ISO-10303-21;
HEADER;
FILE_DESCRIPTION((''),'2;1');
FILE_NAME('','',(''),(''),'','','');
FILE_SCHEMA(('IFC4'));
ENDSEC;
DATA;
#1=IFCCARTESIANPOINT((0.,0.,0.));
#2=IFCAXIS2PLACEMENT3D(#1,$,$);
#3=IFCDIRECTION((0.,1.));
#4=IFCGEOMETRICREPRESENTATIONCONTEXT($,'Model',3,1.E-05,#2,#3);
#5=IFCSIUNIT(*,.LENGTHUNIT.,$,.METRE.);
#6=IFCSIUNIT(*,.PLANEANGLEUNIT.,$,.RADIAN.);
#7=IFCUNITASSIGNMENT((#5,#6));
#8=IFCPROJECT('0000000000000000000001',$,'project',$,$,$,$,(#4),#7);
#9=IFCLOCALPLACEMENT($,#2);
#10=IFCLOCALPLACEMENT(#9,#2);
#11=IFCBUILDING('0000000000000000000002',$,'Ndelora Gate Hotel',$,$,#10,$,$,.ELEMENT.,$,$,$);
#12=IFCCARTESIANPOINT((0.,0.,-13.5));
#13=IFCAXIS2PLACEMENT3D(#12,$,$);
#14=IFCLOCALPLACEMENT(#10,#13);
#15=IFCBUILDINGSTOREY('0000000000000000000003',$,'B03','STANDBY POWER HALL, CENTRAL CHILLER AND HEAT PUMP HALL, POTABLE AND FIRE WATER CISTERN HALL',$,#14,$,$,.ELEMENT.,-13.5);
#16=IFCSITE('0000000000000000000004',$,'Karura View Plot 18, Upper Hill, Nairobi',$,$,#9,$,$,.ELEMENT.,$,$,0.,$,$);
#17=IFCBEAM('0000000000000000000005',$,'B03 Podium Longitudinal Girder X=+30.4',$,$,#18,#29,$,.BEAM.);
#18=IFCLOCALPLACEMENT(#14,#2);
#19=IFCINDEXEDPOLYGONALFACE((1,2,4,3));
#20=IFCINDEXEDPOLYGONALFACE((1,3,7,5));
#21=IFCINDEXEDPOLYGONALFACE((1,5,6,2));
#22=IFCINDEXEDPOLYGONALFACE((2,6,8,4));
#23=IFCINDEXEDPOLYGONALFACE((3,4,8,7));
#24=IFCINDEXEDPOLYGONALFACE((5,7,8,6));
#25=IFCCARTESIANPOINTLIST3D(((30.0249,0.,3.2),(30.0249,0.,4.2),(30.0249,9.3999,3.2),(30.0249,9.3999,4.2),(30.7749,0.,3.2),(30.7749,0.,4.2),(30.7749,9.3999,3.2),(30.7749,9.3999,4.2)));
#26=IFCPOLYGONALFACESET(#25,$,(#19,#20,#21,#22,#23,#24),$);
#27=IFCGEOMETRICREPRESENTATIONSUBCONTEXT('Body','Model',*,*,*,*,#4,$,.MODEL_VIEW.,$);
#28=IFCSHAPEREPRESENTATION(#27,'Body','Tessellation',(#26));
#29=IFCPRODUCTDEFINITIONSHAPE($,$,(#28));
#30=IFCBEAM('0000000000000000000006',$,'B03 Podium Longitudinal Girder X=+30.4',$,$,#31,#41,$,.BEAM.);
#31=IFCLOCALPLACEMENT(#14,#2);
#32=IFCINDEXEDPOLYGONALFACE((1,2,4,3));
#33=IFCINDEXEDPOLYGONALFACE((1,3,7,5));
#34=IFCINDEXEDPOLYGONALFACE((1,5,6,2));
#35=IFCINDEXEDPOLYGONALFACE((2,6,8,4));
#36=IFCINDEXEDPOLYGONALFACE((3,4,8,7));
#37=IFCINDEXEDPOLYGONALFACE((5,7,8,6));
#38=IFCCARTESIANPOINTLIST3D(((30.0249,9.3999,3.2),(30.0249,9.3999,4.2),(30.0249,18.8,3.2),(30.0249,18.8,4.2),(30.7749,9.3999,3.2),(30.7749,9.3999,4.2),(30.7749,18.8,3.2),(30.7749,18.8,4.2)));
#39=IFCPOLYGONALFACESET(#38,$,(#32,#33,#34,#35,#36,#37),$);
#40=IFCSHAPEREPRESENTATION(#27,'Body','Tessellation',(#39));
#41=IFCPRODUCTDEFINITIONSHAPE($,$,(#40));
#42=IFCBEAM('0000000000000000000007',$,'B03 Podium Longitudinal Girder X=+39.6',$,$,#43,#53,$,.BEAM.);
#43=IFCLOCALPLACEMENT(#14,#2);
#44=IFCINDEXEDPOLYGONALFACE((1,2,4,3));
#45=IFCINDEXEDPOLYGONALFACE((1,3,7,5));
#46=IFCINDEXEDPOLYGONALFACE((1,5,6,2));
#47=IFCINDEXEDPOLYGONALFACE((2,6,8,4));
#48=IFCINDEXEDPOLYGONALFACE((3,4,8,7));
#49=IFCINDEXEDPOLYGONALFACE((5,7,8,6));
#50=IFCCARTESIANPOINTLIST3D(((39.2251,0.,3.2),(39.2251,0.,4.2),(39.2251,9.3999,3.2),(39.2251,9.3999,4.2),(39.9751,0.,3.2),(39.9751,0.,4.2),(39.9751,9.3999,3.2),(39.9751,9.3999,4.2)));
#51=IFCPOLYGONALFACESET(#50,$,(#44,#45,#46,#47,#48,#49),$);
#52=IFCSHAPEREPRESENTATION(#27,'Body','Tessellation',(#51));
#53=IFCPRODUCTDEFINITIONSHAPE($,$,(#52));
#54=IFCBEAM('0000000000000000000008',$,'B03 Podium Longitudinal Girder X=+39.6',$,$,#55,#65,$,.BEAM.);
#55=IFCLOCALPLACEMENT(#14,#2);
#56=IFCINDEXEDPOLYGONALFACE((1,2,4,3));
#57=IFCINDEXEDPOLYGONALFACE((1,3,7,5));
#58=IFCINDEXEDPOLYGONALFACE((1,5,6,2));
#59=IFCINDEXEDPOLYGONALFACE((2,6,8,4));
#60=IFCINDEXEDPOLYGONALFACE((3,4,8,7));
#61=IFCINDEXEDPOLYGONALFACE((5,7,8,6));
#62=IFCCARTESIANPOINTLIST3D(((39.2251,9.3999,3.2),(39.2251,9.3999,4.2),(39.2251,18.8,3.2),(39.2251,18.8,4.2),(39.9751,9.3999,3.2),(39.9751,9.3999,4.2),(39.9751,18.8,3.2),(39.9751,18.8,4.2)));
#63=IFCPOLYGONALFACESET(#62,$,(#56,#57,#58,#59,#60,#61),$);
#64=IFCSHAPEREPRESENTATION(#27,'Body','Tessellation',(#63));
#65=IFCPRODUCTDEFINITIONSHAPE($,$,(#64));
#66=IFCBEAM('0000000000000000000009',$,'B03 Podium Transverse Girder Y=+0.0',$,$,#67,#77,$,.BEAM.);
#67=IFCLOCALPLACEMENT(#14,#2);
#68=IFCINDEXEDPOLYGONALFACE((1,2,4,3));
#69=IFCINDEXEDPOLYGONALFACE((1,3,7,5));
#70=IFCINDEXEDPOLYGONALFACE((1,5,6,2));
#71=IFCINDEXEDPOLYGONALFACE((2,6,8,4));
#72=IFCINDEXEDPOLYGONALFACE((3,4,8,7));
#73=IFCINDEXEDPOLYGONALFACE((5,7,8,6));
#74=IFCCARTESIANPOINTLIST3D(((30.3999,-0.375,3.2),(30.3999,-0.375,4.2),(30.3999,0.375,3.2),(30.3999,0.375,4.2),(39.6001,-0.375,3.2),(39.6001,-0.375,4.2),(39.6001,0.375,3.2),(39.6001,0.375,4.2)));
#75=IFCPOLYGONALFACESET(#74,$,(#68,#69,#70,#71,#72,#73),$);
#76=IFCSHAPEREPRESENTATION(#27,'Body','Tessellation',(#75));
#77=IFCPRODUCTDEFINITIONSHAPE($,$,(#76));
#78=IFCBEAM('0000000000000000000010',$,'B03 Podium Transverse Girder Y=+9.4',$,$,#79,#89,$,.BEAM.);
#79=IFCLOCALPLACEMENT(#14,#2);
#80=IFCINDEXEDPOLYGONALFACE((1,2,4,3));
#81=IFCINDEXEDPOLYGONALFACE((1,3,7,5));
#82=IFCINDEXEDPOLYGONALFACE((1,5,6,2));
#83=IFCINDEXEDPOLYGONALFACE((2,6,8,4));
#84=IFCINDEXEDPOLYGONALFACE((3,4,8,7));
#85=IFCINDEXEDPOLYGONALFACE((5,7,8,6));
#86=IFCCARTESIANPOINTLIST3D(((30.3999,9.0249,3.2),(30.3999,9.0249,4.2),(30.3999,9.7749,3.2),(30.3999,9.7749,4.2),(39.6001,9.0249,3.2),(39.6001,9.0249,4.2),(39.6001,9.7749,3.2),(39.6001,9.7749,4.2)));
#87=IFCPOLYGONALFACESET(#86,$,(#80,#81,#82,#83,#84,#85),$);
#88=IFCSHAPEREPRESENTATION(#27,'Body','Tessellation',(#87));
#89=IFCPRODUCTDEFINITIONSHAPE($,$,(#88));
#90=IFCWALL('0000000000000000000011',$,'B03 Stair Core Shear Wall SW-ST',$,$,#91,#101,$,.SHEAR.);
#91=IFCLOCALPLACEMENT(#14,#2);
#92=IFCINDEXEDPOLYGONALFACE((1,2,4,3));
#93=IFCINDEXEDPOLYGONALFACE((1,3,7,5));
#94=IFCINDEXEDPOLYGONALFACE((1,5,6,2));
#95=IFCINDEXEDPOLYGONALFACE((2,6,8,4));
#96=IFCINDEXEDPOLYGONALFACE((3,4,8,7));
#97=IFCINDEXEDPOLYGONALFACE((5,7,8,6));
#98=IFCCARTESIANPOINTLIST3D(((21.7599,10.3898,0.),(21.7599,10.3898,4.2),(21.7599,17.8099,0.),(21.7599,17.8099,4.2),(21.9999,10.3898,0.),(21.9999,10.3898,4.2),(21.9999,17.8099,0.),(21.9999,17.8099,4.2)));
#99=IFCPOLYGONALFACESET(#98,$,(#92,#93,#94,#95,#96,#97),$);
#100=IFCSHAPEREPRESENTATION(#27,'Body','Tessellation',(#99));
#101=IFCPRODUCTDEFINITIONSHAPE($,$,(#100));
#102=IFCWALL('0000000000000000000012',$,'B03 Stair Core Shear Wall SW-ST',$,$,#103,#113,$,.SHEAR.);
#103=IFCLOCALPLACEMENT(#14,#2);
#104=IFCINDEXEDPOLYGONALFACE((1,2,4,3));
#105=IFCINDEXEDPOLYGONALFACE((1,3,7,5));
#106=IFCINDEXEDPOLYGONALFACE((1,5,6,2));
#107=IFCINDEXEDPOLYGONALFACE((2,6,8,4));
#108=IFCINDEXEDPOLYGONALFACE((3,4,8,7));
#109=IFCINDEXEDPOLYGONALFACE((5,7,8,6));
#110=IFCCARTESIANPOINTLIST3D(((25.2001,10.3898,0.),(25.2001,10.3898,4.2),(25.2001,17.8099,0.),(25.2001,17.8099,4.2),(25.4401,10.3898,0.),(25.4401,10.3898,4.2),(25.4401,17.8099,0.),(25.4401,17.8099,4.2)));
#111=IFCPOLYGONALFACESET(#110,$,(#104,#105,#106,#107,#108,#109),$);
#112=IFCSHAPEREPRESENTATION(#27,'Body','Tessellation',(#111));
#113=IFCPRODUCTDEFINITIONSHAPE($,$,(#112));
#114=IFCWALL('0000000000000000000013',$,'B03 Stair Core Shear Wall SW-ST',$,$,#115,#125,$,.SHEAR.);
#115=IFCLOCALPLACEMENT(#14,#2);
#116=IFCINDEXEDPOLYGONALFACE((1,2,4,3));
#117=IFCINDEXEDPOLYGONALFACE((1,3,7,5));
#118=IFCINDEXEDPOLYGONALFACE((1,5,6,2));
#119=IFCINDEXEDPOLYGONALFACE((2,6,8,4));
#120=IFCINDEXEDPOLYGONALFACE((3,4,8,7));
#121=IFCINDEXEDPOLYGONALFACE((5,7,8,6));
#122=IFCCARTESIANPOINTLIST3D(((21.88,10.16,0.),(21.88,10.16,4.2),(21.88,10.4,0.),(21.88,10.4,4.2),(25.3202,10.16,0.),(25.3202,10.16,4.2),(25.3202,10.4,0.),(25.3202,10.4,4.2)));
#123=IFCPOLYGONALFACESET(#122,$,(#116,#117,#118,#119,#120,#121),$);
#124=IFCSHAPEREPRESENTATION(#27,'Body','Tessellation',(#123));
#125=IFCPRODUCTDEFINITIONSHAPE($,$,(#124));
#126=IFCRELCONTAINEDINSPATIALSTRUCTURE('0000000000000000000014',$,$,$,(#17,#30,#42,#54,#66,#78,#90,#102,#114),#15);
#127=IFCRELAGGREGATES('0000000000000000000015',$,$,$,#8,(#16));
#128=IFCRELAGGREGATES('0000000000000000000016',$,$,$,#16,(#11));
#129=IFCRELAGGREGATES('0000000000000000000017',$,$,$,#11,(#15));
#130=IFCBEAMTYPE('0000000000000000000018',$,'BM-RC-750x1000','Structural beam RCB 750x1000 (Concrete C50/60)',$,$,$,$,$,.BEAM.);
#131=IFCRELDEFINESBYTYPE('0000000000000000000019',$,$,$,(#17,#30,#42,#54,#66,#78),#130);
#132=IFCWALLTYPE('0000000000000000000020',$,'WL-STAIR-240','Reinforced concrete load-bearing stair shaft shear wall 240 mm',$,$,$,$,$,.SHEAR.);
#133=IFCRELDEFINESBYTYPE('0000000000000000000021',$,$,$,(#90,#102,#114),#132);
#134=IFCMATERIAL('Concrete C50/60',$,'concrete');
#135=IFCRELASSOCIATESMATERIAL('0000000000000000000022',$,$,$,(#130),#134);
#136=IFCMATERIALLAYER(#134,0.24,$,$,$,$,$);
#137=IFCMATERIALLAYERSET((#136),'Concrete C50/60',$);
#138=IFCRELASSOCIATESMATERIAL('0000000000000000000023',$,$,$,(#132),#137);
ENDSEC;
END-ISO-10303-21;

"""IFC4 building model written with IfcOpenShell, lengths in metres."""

from ifc_helpers import new_model, si_unit, direction, frame, frame_2d, origin, origin_2d, place, context, subcontext, project, spatial, rectangle, extrude, material, layer, layer_set, material_profile, profile_set, type_object, element, save


model = new_model("IFC4")

# Units and contexts
model_context = context("Model", 3, precision=1e-05, world=origin(), true_north=direction((0.0, 1.0)))
body_context = subcontext(model_context, "Body", "Model", "MODEL_VIEW")
ifc_project = project(units=[si_unit("LENGTHUNIT", "METRE"), si_unit("PLANEANGLEUNIT", "RADIAN")], contexts=[model_context])

# Site, building, storey
site_placement = place(None, origin())
site = spatial("IfcSite", under=ifc_project, at=site_placement, Name="Karura View Plot 18, Upper Hill, Nairobi", CompositionType="ELEMENT", RefElevation=0.0)
building_placement = place(site_placement, origin())
building = spatial("IfcBuilding", under=site, at=building_placement, Name="Ndelora Gate Hotel", CompositionType="ELEMENT")
storey_placement = place(building_placement, frame((0.0, 0.0, -13.5)))
storey = spatial("IfcBuildingStorey", under=building, at=storey_placement, Name="B03", Description="STANDBY POWER HALL, CENTRAL CHILLER AND HEAT PUMP HALL, POTABLE AND FIRE WATER CISTERN HALL", CompositionType="ELEMENT", Elevation=-13.5)

# Shared definitions
ifc_material_1 = material(Name="Concrete C50/60", Category="concrete")

# Beams
ifc_material_profile_1 = material_profile(ifc_material_1, rectangle(XDim=0.75, YDim=1.0, at=origin_2d()), Name="RCB 750x1000")
ifc_profile_set_1 = profile_set([ifc_material_profile_1], Name="Concrete C50/60")
beam_type = type_object("IfcBeamType", Name="BM-RC-750x1000", Description="Structural beam RCB 750x1000 (Concrete C50/60)", PredefinedType="BEAM", material=ifc_profile_set_1)
beam_1_placement = place(storey_placement, frame((30.3999, 0.0, 3.7), z_axis=(0.0, 1.0, 0.0), x_axis=(-1.0, 0.0, 0.0)))
element("IfcBeam", 1, at=beam_1_placement, inside=storey, type_object=beam_type, Name="B03 Podium Longitudinal Girder X=+30.4", PredefinedType="BEAM", context=body_context, shape_type="SweptSolid", body=[
    extrude(rectangle(XDim=0.75, YDim=1.0, at=origin_2d()), origin(), (0.0, 0.0, 1.0), 9.3999),
])
beam_2_placement = place(storey_placement, frame((30.3999, 9.3999, 3.7), z_axis=(0.0, 1.0, 0.0), x_axis=(-1.0, 0.0, 0.0)))
element("IfcBeam", 2, at=beam_2_placement, inside=storey, type_object=beam_type, Name="B03 Podium Longitudinal Girder X=+30.4", PredefinedType="BEAM", context=body_context, shape_type="SweptSolid", body=[
    extrude(rectangle(XDim=0.75, YDim=1.0, at=origin_2d()), origin(), (0.0, 0.0, 1.0), 9.4001),
])
beam_3_placement = place(storey_placement, frame((39.6001, 0.0, 3.7), z_axis=(0.0, 1.0, 0.0), x_axis=(-1.0, 0.0, 0.0)))
element("IfcBeam", 3, at=beam_3_placement, inside=storey, type_object=beam_type, Name="B03 Podium Longitudinal Girder X=+39.6", PredefinedType="BEAM", context=body_context, shape_type="SweptSolid", body=[
    extrude(rectangle(XDim=0.75, YDim=1.0, at=origin_2d()), origin(), (0.0, 0.0, 1.0), 9.3999),
])
beam_4_placement = place(storey_placement, frame((39.6001, 9.3999, 3.7), z_axis=(0.0, 1.0, 0.0), x_axis=(-1.0, 0.0, 0.0)))
element("IfcBeam", 4, at=beam_4_placement, inside=storey, type_object=beam_type, Name="B03 Podium Longitudinal Girder X=+39.6", PredefinedType="BEAM", context=body_context, shape_type="SweptSolid", body=[
    extrude(rectangle(XDim=0.75, YDim=1.0, at=origin_2d()), origin(), (0.0, 0.0, 1.0), 9.4001),
])
for number, where, z_axis, x_axis, name in (
    (5, (30.3999, 0.0, 3.7), (1.0, 0.0, 0.0), (0.0, 1.0, 0.0), "B03 Podium Transverse Girder Y=+0.0"),
    (6, (30.3999, 9.3999, 3.7), (1.0, 0.0, 0.0), (0.0, 1.0, 0.0), "B03 Podium Transverse Girder Y=+9.4"),
):
    element("IfcBeam", number, at=place(storey_placement, frame(where, z_axis=z_axis, x_axis=x_axis)), inside=storey, type_object=beam_type, Name=name, PredefinedType="BEAM", context=body_context, shape_type="SweptSolid", body=[
        extrude(rectangle(XDim=0.75, YDim=1.0, at=origin_2d()), origin(), (0.0, 0.0, 1.0), 9.2002),
    ])

# Walls
ifc_layer_1 = layer(ifc_material_1, 0.24)
ifc_layer_set_1 = layer_set([ifc_layer_1], Name="Concrete C50/60")
wall_type = type_object("IfcWallType", Name="WL-STAIR-240", Description="Reinforced concrete load-bearing stair shaft shear wall 240 mm", PredefinedType="SHEAR", material=ifc_layer_set_1)
for number, where, z_axis, x_axis, name in (
    (7, (21.8799, 10.3899, 0.0), (0.0, 0.0, 1.0), (0.0, 1.0, 0.0), "B03 Stair Core Shear Wall SW-ST"),
    (8, (25.3201, 10.3899, 0.0), (0.0, 0.0, 1.0), (0.0, 1.0, 0.0), "B03 Stair Core Shear Wall SW-ST"),
):
    element("IfcWall", number, at=place(storey_placement, frame(where, z_axis=z_axis, x_axis=x_axis)), inside=storey, type_object=wall_type, Name=name, PredefinedType="SHEAR", context=body_context, shape_type="SweptSolid", body=[
        extrude(rectangle(XDim=7.4202, YDim=0.24, at=frame_2d((3.71, 0.0))), origin(), (0.0, 0.0, 1.0), 4.2),
    ])
wall_placement = place(storey_placement, frame((21.8799, 10.28, 0.0), z_axis=(0.0, 0.0, 1.0), x_axis=(1.0, 0.0, 0.0)))
element("IfcWall", 9, at=wall_placement, inside=storey, type_object=wall_type, Name="B03 Stair Core Shear Wall SW-ST", PredefinedType="SHEAR", context=body_context, shape_type="SweptSolid", body=[
    extrude(rectangle(XDim=3.4402, YDim=0.24, at=frame_2d((1.7202, 0.0))), origin(), (0.0, 0.0, 1.0), 4.2),
])

save(model, "model.ifc")
